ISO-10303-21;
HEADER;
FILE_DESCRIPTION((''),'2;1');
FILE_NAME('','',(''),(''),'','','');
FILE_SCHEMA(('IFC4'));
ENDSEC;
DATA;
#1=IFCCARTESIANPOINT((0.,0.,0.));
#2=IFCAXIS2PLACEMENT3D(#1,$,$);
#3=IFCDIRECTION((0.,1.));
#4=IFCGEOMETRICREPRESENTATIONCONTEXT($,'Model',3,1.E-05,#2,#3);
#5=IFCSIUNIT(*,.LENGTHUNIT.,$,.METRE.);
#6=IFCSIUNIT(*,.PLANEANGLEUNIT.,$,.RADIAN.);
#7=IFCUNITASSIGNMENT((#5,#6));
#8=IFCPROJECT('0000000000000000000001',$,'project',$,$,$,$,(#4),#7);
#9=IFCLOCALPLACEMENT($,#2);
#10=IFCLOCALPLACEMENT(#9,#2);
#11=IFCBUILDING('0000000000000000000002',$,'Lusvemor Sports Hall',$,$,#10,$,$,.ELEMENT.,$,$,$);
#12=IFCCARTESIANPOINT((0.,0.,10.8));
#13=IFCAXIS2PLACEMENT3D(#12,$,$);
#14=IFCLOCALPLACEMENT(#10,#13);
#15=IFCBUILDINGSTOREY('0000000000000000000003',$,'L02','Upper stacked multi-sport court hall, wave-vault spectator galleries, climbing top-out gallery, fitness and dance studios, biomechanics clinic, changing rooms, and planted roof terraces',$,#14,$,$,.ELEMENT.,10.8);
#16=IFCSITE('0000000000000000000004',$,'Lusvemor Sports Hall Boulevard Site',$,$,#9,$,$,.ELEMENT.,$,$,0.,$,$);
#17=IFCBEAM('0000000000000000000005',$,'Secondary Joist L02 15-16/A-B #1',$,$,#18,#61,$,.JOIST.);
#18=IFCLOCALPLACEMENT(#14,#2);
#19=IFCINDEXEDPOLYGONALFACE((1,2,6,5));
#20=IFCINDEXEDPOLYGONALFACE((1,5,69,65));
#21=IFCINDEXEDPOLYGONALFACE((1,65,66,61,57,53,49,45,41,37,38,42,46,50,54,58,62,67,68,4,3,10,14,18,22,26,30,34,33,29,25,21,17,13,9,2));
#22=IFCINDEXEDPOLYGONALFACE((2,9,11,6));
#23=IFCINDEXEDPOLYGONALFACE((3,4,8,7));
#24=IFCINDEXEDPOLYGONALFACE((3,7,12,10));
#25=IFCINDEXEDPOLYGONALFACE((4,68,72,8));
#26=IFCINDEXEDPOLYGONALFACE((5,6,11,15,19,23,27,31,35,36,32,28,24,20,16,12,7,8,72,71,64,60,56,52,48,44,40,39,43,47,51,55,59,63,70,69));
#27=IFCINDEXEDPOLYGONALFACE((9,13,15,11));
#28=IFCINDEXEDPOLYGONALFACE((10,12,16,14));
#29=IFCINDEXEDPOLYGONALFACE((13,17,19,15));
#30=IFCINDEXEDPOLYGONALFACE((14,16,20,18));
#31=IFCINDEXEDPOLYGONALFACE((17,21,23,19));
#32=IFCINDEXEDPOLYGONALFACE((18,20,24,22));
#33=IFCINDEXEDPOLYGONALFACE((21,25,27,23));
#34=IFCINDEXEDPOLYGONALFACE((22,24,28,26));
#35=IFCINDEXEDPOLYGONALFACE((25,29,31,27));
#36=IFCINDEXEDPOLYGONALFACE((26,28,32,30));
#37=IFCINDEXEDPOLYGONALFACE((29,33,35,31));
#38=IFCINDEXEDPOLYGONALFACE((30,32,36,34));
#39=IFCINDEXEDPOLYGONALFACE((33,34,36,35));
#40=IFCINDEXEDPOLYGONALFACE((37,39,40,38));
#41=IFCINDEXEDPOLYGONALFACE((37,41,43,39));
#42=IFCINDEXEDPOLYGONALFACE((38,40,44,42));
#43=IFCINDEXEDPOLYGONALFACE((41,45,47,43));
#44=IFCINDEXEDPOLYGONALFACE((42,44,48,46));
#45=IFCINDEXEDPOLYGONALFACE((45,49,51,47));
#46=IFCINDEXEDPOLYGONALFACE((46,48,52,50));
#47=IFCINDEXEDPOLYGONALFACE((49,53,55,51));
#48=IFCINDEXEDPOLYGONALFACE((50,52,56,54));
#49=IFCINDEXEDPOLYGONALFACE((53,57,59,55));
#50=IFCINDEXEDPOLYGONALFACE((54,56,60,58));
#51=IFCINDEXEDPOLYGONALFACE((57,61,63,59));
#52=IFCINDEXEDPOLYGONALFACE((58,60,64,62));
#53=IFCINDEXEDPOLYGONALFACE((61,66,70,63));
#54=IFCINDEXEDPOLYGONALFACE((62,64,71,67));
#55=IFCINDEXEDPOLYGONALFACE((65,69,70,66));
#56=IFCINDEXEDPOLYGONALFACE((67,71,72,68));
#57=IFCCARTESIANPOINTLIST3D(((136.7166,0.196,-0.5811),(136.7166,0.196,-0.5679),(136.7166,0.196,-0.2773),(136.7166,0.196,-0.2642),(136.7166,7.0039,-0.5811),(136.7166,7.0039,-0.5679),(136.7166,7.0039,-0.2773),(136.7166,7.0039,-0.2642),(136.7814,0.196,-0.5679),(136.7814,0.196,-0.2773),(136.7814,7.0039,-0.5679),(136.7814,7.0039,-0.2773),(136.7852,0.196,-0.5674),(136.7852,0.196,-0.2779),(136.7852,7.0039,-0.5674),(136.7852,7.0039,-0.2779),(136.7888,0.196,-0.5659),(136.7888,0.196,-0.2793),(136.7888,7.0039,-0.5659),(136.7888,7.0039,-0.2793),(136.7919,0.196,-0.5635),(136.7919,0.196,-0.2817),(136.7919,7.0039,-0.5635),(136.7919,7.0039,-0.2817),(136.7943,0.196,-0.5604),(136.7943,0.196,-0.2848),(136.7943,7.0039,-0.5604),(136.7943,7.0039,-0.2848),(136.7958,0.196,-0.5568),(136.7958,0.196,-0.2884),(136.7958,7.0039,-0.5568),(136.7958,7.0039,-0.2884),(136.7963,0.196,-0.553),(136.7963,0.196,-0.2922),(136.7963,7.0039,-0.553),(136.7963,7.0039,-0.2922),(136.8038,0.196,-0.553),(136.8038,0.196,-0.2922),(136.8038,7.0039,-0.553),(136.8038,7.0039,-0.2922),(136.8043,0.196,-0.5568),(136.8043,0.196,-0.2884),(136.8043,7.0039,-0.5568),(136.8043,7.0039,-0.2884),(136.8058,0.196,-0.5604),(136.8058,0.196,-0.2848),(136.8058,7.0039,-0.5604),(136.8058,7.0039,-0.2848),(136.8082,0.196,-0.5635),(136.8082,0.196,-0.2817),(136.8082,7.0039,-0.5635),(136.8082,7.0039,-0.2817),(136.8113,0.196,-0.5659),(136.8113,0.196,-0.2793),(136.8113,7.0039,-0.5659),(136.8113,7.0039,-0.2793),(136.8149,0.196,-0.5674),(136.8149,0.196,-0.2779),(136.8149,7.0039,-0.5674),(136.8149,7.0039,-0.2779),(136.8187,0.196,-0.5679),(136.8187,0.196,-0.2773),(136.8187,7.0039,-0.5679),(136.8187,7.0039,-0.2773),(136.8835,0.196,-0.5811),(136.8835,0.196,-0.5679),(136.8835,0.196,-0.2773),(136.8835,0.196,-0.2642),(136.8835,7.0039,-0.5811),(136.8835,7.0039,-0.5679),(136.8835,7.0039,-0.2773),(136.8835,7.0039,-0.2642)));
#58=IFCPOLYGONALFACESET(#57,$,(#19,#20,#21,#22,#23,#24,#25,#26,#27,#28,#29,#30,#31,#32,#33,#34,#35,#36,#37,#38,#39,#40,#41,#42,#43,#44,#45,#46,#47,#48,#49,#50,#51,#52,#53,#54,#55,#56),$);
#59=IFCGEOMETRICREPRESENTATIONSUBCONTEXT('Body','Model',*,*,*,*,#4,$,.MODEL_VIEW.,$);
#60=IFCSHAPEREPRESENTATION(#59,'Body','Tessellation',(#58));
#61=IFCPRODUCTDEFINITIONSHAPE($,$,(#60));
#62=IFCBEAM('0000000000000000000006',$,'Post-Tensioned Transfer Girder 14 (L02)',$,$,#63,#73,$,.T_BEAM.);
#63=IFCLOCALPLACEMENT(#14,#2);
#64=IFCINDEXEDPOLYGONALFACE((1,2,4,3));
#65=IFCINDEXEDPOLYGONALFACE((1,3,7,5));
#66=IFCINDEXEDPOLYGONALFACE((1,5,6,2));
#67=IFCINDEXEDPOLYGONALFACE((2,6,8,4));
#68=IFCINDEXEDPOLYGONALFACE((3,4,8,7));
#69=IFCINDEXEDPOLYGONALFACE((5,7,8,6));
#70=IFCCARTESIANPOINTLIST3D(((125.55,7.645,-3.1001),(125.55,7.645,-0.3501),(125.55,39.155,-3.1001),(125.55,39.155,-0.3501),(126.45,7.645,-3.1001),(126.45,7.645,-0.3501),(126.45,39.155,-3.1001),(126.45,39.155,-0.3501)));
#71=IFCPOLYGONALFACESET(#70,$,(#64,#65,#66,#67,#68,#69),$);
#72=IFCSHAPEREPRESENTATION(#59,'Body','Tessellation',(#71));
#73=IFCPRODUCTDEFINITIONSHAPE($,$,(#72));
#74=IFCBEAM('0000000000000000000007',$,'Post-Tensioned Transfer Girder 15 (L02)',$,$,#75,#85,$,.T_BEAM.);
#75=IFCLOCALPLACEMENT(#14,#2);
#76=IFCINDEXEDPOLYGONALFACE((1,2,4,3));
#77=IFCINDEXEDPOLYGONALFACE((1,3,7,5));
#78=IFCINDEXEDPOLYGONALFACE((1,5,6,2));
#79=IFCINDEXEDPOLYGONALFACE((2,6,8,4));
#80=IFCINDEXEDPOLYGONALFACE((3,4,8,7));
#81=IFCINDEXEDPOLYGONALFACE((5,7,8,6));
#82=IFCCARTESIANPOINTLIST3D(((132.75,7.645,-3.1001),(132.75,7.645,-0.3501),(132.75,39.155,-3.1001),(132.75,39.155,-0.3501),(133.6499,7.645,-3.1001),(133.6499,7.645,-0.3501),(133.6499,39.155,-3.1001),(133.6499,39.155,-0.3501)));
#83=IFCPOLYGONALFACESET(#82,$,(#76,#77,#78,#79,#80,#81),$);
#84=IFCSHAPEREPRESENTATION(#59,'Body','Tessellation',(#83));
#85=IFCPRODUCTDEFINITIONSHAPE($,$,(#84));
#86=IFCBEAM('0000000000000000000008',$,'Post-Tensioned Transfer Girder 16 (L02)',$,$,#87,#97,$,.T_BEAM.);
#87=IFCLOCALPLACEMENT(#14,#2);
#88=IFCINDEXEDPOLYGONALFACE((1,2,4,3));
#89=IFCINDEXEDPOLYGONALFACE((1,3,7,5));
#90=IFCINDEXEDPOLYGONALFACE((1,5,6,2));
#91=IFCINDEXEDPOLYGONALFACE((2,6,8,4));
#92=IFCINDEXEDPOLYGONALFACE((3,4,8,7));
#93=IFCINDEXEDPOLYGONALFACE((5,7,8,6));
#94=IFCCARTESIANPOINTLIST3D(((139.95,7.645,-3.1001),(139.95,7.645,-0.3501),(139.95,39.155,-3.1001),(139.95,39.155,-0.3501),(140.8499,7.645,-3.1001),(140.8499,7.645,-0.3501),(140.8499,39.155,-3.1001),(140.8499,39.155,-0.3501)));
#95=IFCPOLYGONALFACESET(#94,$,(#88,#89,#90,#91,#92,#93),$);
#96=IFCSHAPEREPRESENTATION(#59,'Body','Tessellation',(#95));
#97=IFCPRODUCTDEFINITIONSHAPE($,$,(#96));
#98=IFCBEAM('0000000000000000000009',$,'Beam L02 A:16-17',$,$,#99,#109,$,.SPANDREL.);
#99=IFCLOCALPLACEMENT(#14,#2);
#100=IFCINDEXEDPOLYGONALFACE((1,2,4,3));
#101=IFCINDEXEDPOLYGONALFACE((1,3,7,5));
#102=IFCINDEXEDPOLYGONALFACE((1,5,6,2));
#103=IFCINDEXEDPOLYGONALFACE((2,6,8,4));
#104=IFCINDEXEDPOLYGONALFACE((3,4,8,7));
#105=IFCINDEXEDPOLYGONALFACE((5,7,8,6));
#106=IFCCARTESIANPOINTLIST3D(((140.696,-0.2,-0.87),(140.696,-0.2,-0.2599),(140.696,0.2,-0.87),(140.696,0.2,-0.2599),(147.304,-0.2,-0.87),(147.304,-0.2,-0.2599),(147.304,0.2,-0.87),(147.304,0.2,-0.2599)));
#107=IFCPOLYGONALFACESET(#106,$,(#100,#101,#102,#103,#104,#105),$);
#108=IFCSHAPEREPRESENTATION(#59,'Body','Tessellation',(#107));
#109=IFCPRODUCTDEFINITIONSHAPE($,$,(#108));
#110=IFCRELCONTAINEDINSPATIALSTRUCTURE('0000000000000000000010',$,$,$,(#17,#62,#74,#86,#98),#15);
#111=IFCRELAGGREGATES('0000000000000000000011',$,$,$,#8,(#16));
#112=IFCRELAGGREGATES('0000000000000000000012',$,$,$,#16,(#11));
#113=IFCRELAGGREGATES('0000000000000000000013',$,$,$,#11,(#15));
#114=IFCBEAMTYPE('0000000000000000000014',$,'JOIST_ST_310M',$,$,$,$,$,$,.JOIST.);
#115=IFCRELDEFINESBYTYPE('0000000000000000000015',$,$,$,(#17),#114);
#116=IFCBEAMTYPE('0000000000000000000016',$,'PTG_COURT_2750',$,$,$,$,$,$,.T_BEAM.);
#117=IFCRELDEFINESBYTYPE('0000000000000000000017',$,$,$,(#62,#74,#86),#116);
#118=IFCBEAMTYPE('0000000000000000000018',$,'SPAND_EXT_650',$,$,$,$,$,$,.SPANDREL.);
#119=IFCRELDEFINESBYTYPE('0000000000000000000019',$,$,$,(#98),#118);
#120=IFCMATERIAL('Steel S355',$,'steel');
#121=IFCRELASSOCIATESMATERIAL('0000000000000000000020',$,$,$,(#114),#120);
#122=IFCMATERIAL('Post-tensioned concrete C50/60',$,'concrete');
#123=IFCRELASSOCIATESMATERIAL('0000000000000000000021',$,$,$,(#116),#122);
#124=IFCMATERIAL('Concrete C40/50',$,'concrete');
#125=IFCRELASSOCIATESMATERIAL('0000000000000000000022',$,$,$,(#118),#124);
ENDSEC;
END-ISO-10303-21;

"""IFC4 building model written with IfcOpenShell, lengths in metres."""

from ifc_helpers import new_model, si_unit, direction, frame, origin, origin_2d, place, context, subcontext, project, spatial, rectangle, i_section, extrude, material, material_profile, profile_set, type_object, element, save


model = new_model("IFC4")

# Units and contexts
model_context = context("Model", 3, precision=1e-05, world=origin(), true_north=direction((0.0, 1.0)))
body_context = subcontext(model_context, "Body", "Model", "MODEL_VIEW")
ifc_project = project(units=[si_unit("LENGTHUNIT", "METRE"), si_unit("PLANEANGLEUNIT", "RADIAN")], contexts=[model_context])

# Site, building, storey
site_placement = place(None, origin())
site = spatial("IfcSite", under=ifc_project, at=site_placement, Name="Lusvemor Sports Hall Boulevard Site", CompositionType="ELEMENT", RefElevation=0.0)
building_placement = place(site_placement, origin())
building = spatial("IfcBuilding", under=site, at=building_placement, Name="Lusvemor Sports Hall", CompositionType="ELEMENT")
storey_placement = place(building_placement, frame((0.0, 0.0, 10.8)))
storey = spatial("IfcBuildingStorey", under=building, at=storey_placement, Name="L02", Description="Upper stacked multi-sport court hall, wave-vault spectator galleries, climbing top-out gallery, fitness and dance studios, biomechanics clinic, changing rooms, and planted roof terraces", CompositionType="ELEMENT", Elevation=10.8)

# Beams
ifc_material_1 = material(Name="Steel S355", Category="steel")
ifc_material_profile_1 = material_profile(ifc_material_1, i_section(OverallWidth=0.167, OverallDepth=0.3169, WebThickness=0.0076, FlangeThickness=0.0132, FilletRadius=0.0149, at=origin_2d()), Name="W310x52.0")
ifc_profile_set_1 = profile_set([ifc_material_profile_1], Name="Steel S355")
beam_type_1 = type_object("IfcBeamType", Name="JOIST_ST_310M", PredefinedType="JOIST", material=ifc_profile_set_1)
for number, where, z_axis, x_axis, name in (
    (1, (136.8, 0.196, -0.4226), (0.0, 1.0, 0.0), (-1.0, 0.0, 0.0), "Secondary Joist L02 15-16/A-B #1"),
):
    element("IfcBeam", number, at=place(storey_placement, frame(where, z_axis=z_axis, x_axis=x_axis)), inside=storey, type_object=beam_type_1, Name=name, PredefinedType="JOIST", context=body_context, shape_type="SweptSolid", body=[
        extrude(i_section(OverallWidth=0.167, OverallDepth=0.3169, WebThickness=0.0076, FlangeThickness=0.0132, FilletRadius=0.0149, at=origin_2d()), origin(), (0.0, 0.0, 1.0), 6.8079),
    ])
ifc_material_2 = material(Name="Post-tensioned concrete C50/60", Category="concrete")
ifc_material_profile_2 = material_profile(ifc_material_2, rectangle(XDim=0.8999, YDim=2.75, at=origin_2d()), Name="PT900x2750")
ifc_profile_set_2 = profile_set([ifc_material_profile_2], Name="Post-tensioned concrete C50/60")
beam_type_2 = type_object("IfcBeamType", Name="PTG_COURT_2750", PredefinedType="T_BEAM", material=ifc_profile_set_2)
for number, where, z_axis, x_axis, name in (
    (2, (126.0, 7.645, -1.7251), (0.0, 1.0, 0.0), (-1.0, 0.0, 0.0), "Post-Tensioned Transfer Girder 14 (L02)"),
    (3, (133.2, 7.645, -1.7251), (0.0, 1.0, 0.0), (-1.0, 0.0, 0.0), "Post-Tensioned Transfer Girder 15 (L02)"),
    (4, (140.3999, 7.645, -1.7251), (0.0, 1.0, 0.0), (-1.0, 0.0, 0.0), "Post-Tensioned Transfer Girder 16 (L02)"),
):
    element("IfcBeam", number, at=place(storey_placement, frame(where, z_axis=z_axis, x_axis=x_axis)), inside=storey, type_object=beam_type_2, Name=name, PredefinedType="T_BEAM", context=body_context, shape_type="SweptSolid", body=[
        extrude(rectangle(XDim=0.8999, YDim=2.75, at=origin_2d()), origin(), (0.0, 0.0, 1.0), 31.51),
    ])
ifc_material_3 = material(Name="Concrete C40/50", Category="concrete")
ifc_material_profile_3 = material_profile(ifc_material_3, rectangle(XDim=0.3999, YDim=0.6101, at=origin_2d()), Name="RC400x610")
ifc_profile_set_3 = profile_set([ifc_material_profile_3], Name="Concrete C40/50")
beam_type_3 = type_object("IfcBeamType", Name="SPAND_EXT_650", PredefinedType="SPANDREL", material=ifc_profile_set_3)
beam_1_placement = place(storey_placement, frame((140.696, 0.0, -0.5649), z_axis=(1.0, 0.0, 0.0), x_axis=(0.0, 1.0, 0.0)))
element("IfcBeam", 5, at=beam_1_placement, inside=storey, type_object=beam_type_3, Name="Beam L02 A:16-17", PredefinedType="SPANDREL", context=body_context, shape_type="SweptSolid", body=[
    extrude(rectangle(XDim=0.3999, YDim=0.6101, at=origin_2d()), origin(), (0.0, 0.0, 1.0), 6.6079),
])

save(model, "model.ifc")
